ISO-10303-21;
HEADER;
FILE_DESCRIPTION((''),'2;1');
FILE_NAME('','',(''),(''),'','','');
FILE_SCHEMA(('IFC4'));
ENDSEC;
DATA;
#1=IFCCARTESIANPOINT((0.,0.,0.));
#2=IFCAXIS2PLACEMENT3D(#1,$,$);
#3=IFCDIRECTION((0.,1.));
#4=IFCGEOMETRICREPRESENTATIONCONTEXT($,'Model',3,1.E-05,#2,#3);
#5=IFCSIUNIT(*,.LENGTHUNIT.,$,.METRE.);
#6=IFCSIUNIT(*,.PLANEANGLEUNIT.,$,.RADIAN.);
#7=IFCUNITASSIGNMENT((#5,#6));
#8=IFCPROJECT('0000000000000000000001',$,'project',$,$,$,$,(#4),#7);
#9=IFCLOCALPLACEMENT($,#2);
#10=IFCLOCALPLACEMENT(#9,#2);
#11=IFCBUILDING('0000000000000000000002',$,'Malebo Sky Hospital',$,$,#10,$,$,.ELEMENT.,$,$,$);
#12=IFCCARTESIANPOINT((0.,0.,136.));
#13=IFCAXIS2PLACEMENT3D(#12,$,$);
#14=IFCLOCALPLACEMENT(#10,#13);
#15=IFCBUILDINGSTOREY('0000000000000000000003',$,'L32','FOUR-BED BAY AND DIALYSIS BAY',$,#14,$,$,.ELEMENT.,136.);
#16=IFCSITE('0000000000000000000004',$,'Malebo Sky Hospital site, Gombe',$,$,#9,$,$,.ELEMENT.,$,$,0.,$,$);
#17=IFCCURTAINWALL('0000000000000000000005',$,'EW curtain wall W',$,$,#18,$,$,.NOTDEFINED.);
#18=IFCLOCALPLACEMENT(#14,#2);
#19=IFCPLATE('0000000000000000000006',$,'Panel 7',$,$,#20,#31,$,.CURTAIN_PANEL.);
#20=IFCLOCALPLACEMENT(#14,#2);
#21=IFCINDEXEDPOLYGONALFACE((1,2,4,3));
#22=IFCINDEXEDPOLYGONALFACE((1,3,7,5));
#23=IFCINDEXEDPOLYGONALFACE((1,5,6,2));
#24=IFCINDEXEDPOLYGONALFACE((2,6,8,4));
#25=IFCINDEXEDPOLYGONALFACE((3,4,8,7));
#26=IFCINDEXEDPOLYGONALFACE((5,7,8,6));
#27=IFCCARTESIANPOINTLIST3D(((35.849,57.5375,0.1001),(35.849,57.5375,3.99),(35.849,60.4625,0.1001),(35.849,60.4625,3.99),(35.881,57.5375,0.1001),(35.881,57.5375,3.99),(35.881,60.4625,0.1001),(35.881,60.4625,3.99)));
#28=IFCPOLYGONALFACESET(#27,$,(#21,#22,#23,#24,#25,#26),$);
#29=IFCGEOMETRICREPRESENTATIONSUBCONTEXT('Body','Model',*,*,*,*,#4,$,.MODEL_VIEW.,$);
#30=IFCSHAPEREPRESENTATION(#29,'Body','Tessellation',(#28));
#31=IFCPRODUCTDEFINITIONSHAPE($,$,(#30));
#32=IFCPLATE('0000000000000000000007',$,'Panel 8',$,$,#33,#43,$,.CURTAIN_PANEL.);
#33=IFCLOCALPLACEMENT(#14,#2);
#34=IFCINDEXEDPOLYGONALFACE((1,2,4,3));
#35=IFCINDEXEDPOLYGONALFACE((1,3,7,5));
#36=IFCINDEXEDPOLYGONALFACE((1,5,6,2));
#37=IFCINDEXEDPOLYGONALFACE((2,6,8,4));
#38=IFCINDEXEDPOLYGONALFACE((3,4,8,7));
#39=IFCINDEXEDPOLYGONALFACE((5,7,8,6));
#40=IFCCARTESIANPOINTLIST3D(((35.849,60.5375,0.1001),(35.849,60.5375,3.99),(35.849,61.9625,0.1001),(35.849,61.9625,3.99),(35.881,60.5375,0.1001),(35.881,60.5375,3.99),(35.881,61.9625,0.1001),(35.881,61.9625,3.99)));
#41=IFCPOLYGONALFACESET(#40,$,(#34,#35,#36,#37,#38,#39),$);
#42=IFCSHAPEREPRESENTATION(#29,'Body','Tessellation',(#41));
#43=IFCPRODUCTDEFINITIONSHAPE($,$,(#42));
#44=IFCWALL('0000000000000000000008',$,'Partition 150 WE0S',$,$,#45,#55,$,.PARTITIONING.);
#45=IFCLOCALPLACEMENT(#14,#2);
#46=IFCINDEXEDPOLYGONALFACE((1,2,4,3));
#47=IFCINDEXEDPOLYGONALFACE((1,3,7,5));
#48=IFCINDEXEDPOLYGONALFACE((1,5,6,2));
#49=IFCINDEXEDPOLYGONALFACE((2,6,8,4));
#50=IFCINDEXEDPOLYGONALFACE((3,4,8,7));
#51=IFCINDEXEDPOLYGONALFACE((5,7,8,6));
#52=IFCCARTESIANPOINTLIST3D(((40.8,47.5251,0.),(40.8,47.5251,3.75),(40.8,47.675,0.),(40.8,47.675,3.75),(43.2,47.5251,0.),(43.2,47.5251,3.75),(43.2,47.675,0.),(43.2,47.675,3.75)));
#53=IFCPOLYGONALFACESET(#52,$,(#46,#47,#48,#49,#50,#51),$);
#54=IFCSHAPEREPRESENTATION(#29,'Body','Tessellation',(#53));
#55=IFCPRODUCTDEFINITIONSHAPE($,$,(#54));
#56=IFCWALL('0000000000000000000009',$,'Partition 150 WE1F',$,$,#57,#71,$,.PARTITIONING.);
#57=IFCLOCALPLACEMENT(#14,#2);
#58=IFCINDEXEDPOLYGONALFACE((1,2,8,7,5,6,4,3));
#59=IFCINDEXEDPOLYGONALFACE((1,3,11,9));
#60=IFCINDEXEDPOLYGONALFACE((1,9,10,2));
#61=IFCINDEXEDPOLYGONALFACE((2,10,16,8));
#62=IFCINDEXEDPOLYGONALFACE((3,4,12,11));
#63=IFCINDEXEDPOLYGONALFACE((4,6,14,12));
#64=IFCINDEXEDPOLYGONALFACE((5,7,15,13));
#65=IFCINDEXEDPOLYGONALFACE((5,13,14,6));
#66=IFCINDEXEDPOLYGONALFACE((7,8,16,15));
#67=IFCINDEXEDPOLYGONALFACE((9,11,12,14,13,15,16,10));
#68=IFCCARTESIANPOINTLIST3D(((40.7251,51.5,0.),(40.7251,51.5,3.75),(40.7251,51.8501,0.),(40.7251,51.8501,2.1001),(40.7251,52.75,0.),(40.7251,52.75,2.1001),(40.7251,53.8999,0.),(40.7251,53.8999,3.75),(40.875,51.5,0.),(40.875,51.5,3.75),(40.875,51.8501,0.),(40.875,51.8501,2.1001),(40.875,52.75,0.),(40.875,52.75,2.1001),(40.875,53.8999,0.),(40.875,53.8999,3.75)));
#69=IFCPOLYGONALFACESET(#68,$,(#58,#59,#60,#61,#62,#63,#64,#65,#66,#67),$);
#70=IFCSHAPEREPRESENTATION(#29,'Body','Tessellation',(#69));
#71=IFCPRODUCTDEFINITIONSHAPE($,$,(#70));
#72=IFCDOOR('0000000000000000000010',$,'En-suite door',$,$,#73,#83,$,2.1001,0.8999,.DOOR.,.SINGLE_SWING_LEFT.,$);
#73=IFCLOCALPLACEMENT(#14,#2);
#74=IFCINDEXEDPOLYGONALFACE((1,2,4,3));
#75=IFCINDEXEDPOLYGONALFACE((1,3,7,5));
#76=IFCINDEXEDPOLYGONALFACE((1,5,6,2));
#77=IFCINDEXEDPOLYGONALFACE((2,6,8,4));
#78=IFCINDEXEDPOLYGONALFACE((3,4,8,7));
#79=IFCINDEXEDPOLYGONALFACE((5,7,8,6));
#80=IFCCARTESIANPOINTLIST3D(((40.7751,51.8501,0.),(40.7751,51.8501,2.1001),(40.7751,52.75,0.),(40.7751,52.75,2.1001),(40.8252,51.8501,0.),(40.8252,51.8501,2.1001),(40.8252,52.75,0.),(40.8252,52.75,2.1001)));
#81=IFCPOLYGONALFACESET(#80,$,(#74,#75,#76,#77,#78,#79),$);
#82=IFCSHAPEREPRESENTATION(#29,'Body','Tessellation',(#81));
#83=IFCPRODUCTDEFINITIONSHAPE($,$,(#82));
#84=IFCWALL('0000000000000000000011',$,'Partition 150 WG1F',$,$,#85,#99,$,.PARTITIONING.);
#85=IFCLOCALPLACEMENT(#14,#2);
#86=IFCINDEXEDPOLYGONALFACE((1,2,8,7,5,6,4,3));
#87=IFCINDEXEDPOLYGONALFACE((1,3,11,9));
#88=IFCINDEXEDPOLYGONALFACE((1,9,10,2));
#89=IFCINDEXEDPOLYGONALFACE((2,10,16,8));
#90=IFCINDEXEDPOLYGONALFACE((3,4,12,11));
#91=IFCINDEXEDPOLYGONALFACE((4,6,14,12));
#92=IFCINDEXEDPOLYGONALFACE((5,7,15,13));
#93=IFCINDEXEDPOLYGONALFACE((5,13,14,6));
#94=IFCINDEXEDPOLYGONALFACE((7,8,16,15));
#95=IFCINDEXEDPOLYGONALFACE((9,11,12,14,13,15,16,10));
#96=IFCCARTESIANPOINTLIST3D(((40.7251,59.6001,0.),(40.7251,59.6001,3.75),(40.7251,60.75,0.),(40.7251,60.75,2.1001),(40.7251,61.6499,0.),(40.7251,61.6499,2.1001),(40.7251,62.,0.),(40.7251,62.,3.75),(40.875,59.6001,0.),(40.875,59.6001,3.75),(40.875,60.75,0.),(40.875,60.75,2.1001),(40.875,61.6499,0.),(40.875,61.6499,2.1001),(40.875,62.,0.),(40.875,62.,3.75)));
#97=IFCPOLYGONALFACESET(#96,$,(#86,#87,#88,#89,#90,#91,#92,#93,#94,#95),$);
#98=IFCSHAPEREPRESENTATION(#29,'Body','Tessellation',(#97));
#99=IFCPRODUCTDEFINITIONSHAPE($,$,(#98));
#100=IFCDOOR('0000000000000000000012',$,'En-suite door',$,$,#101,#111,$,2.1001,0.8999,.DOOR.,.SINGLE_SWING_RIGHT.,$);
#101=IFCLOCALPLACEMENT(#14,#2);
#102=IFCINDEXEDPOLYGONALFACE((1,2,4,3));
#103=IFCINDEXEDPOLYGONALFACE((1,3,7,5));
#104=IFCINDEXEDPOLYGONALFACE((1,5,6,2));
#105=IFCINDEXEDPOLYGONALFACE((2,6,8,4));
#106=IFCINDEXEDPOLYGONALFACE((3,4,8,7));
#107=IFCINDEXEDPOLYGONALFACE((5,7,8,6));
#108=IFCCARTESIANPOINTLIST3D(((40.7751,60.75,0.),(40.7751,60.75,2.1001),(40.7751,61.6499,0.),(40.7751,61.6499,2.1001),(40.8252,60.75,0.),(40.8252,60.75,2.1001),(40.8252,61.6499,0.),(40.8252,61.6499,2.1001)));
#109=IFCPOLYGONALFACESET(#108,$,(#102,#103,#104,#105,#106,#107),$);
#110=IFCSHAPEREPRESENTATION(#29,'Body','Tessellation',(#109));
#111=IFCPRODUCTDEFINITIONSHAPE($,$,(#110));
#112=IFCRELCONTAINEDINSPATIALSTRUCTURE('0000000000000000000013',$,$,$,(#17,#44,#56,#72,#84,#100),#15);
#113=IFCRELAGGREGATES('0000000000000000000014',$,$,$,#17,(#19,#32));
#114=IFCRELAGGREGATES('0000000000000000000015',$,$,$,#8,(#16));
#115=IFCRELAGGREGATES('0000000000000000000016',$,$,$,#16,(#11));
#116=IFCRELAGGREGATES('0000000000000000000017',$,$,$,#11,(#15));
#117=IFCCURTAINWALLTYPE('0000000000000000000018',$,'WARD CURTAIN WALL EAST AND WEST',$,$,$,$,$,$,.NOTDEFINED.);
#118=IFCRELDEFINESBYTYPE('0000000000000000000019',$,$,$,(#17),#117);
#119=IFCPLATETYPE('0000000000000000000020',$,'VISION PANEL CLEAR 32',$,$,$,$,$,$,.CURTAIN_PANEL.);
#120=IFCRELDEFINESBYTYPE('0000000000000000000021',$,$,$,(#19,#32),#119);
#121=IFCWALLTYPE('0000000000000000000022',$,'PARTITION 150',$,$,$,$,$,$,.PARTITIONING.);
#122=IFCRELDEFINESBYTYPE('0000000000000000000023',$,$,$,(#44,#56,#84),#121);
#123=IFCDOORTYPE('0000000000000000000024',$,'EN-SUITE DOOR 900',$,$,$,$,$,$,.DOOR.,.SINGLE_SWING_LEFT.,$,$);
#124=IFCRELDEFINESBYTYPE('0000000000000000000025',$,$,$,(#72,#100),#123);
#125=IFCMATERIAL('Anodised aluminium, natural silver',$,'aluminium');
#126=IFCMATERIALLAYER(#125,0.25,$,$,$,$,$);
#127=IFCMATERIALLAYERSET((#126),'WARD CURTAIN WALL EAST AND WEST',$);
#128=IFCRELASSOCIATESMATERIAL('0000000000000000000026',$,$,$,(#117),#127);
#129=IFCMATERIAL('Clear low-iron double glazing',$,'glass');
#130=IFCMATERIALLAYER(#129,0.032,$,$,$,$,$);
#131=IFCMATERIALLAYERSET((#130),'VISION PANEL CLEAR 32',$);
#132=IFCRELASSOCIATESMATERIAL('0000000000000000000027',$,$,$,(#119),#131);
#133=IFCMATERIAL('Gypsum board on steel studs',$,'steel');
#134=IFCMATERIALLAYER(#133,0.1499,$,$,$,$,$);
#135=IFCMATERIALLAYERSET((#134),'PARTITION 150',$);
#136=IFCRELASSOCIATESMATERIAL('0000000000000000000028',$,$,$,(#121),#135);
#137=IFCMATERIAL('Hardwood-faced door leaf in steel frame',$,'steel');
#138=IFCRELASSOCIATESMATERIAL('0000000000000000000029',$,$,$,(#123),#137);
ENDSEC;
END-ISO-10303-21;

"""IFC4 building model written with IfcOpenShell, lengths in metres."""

from ifc_helpers import new_model, si_unit, direction, frame, frame_2d, origin, origin_2d, place, context, subcontext, project, spatial, rectangle, extrude, material, layer, layer_set, type_object, element, fill, aggregate, save


model = new_model("IFC4")

# Units and contexts
model_context = context("Model", 3, precision=1e-05, world=origin(), true_north=direction((0.0, 1.0)))
body_context = subcontext(model_context, "Body", "Model", "MODEL_VIEW")
ifc_project = project(units=[si_unit("LENGTHUNIT", "METRE"), si_unit("PLANEANGLEUNIT", "RADIAN")], contexts=[model_context])

# Site, building, storey
site_placement = place(None, origin())
site = spatial("IfcSite", under=ifc_project, at=site_placement, Name="Malebo Sky Hospital site, Gombe", CompositionType="ELEMENT", RefElevation=0.0)
building_placement = place(site_placement, origin())
building = spatial("IfcBuilding", under=site, at=building_placement, Name="Malebo Sky Hospital", CompositionType="ELEMENT")
storey_placement = place(building_placement, frame((0.0, 0.0, 136.0)))
storey = spatial("IfcBuildingStorey", under=building, at=storey_placement, Name="L32", Description="FOUR-BED BAY AND DIALYSIS BAY", CompositionType="ELEMENT", Elevation=136.0)

# Curtain wall
ifc_material_1 = material(Name="Anodised aluminium, natural silver", Category="aluminium")
ifc_layer_1 = layer(ifc_material_1, 0.25)
ifc_layer_set_1 = layer_set([ifc_layer_1], Name="WARD CURTAIN WALL EAST AND WEST")
curtain_wall_type = type_object("IfcCurtainWallType", Name="WARD CURTAIN WALL EAST AND WEST", PredefinedType="NOTDEFINED", material=ifc_layer_set_1)
curtain_wall_placement = place(storey_placement, origin())
curtain_wall = element("IfcCurtainWall", 1, at=curtain_wall_placement, inside=storey, type_object=curtain_wall_type, Name="EW curtain wall W", PredefinedType="NOTDEFINED")

# Plates
ifc_material_2 = material(Name="Clear low-iron double glazing", Category="glass")
ifc_layer_2 = layer(ifc_material_2, 0.032)
ifc_layer_set_2 = layer_set([ifc_layer_2], Name="VISION PANEL CLEAR 32")
plate_type = type_object("IfcPlateType", Name="VISION PANEL CLEAR 32", PredefinedType="CURTAIN_PANEL", material=ifc_layer_set_2)
plate_1_placement = place(storey_placement, frame((35.865, 59.0, 0.1001), z_axis=(0.0, 0.0, 1.0), x_axis=(0.0, 1.0, 0.0)))
plate_1 = element("IfcPlate", 2, at=plate_1_placement, type_object=plate_type, Name="Panel 7", PredefinedType="CURTAIN_PANEL", context=body_context, shape_type="SweptSolid", body=[
    extrude(rectangle(XDim=2.925, YDim=0.032, at=origin_2d()), origin(), (0.0, 0.0, 1.0), 3.8899),
])
plate_2_placement = place(storey_placement, frame((35.865, 61.25, 0.1001), z_axis=(0.0, 0.0, 1.0), x_axis=(0.0, 1.0, 0.0)))
plate_2 = element("IfcPlate", 3, at=plate_2_placement, type_object=plate_type, Name="Panel 8", PredefinedType="CURTAIN_PANEL", context=body_context, shape_type="SweptSolid", body=[
    extrude(rectangle(XDim=1.425, YDim=0.032, at=origin_2d()), origin(), (0.0, 0.0, 1.0), 3.8899),
])
aggregate(curtain_wall, [plate_1, plate_2])

# Wall
ifc_material_3 = material(Name="Gypsum board on steel studs", Category="steel")
ifc_layer_3 = layer(ifc_material_3, 0.1499)
ifc_layer_set_3 = layer_set([ifc_layer_3], Name="PARTITION 150")
wall_type = type_object("IfcWallType", Name="PARTITION 150", PredefinedType="PARTITIONING", material=ifc_layer_set_3)
wall_1_placement = place(storey_placement, frame((43.2, 47.6001, 0.0), z_axis=(0.0, 0.0, 1.0), x_axis=(-1.0, 0.0, 0.0)))
element("IfcWall", 4, at=wall_1_placement, inside=storey, type_object=wall_type, Name="Partition 150 WE0S", PredefinedType="PARTITIONING", context=body_context, shape_type="SweptSolid", body=[
    extrude(rectangle(XDim=2.3999, YDim=0.1499, at=frame_2d((1.2, 0.0))), origin(), (0.0, 0.0, 1.0), 3.75),
])

# Walls, openings, doors
wall_2_placement = place(storey_placement, frame((40.8, 51.5, 0.0), z_axis=(0.0, 0.0, 1.0), x_axis=(0.0, 1.0, 0.0)))
wall_2 = element("IfcWall", 5, at=wall_2_placement, inside=storey, type_object=wall_type, Name="Partition 150 WE1F", PredefinedType="PARTITIONING", context=body_context, shape_type="SweptSolid", body=[
    extrude(rectangle(XDim=2.3999, YDim=0.1499, at=frame_2d((1.2, 0.0))), origin(), (0.0, 0.0, 1.0), 3.75),
])
opening_1_placement = place(wall_2_placement, frame((0.3501, 0.0, 0.0)))
opening_1 = element("IfcOpeningElement", 6, at=opening_1_placement, cuts=wall_2, PredefinedType="OPENING", context=body_context, shape_type="SweptSolid", body=[
    extrude(rectangle(XDim=0.8999, YDim=2.1001, at=frame_2d((0.45, 1.05))), frame((0.0, 0.085, 0.0), z_axis=(0.0, -1.0, 0.0), x_axis=(1.0, 0.0, 0.0)), (0.0, 0.0, 1.0), 0.1699),
])
ifc_material_4 = material(Name="Hardwood-faced door leaf in steel frame", Category="steel")
door_type = type_object("IfcDoorType", Name="EN-SUITE DOOR 900", OperationType="SINGLE_SWING_LEFT", PredefinedType="DOOR", material=ifc_material_4)
door_1_placement = place(opening_1_placement, origin())
door_1 = element("IfcDoor", 7, at=door_1_placement, inside=storey, type_object=door_type, Name="En-suite door", OperationType="SINGLE_SWING_LEFT", OverallHeight=2.1001, OverallWidth=0.8999, PredefinedType="DOOR", context=body_context, shape_type="SweptSolid", body=[
    extrude(rectangle(XDim=0.8999, YDim=2.1001, at=frame_2d((0.45, 1.05))), frame((0.0, 0.0249, 0.0), z_axis=(0.0, -1.0, 0.0), x_axis=(1.0, 0.0, 0.0)), (0.0, 0.0, 1.0), 0.05),
])
fill(opening_1, door_1)
wall_3_placement = place(storey_placement, frame((40.8, 59.6001, 0.0), z_axis=(0.0, 0.0, 1.0), x_axis=(0.0, 1.0, 0.0)))
wall_3 = element("IfcWall", 8, at=wall_3_placement, inside=storey, type_object=wall_type, Name="Partition 150 WG1F", PredefinedType="PARTITIONING", context=body_context, shape_type="SweptSolid", body=[
    extrude(rectangle(XDim=2.3999, YDim=0.1499, at=frame_2d((1.2, 0.0))), origin(), (0.0, 0.0, 1.0), 3.75),
])
opening_2_placement = place(wall_3_placement, frame((1.1499, 0.0, 0.0)))
opening_2 = element("IfcOpeningElement", 9, at=opening_2_placement, cuts=wall_3, PredefinedType="OPENING", context=body_context, shape_type="SweptSolid", body=[
    extrude(rectangle(XDim=0.8999, YDim=2.1001, at=frame_2d((0.45, 1.05))), frame((0.0, 0.085, 0.0), z_axis=(0.0, -1.0, 0.0), x_axis=(1.0, 0.0, 0.0)), (0.0, 0.0, 1.0), 0.1699),
])
door_2_placement = place(opening_2_placement, origin())
door_2 = element("IfcDoor", 10, at=door_2_placement, inside=storey, type_object=door_type, Name="En-suite door", OperationType="SINGLE_SWING_RIGHT", OverallHeight=2.1001, OverallWidth=0.8999, PredefinedType="DOOR", context=body_context, shape_type="SweptSolid", body=[
    extrude(rectangle(XDim=0.8999, YDim=2.1001, at=frame_2d((0.45, 1.05))), frame((0.0, 0.0249, 0.0), z_axis=(0.0, -1.0, 0.0), x_axis=(1.0, 0.0, 0.0)), (0.0, 0.0, 1.0), 0.05),
])
fill(opening_2, door_2)

save(model, "model.ifc")
